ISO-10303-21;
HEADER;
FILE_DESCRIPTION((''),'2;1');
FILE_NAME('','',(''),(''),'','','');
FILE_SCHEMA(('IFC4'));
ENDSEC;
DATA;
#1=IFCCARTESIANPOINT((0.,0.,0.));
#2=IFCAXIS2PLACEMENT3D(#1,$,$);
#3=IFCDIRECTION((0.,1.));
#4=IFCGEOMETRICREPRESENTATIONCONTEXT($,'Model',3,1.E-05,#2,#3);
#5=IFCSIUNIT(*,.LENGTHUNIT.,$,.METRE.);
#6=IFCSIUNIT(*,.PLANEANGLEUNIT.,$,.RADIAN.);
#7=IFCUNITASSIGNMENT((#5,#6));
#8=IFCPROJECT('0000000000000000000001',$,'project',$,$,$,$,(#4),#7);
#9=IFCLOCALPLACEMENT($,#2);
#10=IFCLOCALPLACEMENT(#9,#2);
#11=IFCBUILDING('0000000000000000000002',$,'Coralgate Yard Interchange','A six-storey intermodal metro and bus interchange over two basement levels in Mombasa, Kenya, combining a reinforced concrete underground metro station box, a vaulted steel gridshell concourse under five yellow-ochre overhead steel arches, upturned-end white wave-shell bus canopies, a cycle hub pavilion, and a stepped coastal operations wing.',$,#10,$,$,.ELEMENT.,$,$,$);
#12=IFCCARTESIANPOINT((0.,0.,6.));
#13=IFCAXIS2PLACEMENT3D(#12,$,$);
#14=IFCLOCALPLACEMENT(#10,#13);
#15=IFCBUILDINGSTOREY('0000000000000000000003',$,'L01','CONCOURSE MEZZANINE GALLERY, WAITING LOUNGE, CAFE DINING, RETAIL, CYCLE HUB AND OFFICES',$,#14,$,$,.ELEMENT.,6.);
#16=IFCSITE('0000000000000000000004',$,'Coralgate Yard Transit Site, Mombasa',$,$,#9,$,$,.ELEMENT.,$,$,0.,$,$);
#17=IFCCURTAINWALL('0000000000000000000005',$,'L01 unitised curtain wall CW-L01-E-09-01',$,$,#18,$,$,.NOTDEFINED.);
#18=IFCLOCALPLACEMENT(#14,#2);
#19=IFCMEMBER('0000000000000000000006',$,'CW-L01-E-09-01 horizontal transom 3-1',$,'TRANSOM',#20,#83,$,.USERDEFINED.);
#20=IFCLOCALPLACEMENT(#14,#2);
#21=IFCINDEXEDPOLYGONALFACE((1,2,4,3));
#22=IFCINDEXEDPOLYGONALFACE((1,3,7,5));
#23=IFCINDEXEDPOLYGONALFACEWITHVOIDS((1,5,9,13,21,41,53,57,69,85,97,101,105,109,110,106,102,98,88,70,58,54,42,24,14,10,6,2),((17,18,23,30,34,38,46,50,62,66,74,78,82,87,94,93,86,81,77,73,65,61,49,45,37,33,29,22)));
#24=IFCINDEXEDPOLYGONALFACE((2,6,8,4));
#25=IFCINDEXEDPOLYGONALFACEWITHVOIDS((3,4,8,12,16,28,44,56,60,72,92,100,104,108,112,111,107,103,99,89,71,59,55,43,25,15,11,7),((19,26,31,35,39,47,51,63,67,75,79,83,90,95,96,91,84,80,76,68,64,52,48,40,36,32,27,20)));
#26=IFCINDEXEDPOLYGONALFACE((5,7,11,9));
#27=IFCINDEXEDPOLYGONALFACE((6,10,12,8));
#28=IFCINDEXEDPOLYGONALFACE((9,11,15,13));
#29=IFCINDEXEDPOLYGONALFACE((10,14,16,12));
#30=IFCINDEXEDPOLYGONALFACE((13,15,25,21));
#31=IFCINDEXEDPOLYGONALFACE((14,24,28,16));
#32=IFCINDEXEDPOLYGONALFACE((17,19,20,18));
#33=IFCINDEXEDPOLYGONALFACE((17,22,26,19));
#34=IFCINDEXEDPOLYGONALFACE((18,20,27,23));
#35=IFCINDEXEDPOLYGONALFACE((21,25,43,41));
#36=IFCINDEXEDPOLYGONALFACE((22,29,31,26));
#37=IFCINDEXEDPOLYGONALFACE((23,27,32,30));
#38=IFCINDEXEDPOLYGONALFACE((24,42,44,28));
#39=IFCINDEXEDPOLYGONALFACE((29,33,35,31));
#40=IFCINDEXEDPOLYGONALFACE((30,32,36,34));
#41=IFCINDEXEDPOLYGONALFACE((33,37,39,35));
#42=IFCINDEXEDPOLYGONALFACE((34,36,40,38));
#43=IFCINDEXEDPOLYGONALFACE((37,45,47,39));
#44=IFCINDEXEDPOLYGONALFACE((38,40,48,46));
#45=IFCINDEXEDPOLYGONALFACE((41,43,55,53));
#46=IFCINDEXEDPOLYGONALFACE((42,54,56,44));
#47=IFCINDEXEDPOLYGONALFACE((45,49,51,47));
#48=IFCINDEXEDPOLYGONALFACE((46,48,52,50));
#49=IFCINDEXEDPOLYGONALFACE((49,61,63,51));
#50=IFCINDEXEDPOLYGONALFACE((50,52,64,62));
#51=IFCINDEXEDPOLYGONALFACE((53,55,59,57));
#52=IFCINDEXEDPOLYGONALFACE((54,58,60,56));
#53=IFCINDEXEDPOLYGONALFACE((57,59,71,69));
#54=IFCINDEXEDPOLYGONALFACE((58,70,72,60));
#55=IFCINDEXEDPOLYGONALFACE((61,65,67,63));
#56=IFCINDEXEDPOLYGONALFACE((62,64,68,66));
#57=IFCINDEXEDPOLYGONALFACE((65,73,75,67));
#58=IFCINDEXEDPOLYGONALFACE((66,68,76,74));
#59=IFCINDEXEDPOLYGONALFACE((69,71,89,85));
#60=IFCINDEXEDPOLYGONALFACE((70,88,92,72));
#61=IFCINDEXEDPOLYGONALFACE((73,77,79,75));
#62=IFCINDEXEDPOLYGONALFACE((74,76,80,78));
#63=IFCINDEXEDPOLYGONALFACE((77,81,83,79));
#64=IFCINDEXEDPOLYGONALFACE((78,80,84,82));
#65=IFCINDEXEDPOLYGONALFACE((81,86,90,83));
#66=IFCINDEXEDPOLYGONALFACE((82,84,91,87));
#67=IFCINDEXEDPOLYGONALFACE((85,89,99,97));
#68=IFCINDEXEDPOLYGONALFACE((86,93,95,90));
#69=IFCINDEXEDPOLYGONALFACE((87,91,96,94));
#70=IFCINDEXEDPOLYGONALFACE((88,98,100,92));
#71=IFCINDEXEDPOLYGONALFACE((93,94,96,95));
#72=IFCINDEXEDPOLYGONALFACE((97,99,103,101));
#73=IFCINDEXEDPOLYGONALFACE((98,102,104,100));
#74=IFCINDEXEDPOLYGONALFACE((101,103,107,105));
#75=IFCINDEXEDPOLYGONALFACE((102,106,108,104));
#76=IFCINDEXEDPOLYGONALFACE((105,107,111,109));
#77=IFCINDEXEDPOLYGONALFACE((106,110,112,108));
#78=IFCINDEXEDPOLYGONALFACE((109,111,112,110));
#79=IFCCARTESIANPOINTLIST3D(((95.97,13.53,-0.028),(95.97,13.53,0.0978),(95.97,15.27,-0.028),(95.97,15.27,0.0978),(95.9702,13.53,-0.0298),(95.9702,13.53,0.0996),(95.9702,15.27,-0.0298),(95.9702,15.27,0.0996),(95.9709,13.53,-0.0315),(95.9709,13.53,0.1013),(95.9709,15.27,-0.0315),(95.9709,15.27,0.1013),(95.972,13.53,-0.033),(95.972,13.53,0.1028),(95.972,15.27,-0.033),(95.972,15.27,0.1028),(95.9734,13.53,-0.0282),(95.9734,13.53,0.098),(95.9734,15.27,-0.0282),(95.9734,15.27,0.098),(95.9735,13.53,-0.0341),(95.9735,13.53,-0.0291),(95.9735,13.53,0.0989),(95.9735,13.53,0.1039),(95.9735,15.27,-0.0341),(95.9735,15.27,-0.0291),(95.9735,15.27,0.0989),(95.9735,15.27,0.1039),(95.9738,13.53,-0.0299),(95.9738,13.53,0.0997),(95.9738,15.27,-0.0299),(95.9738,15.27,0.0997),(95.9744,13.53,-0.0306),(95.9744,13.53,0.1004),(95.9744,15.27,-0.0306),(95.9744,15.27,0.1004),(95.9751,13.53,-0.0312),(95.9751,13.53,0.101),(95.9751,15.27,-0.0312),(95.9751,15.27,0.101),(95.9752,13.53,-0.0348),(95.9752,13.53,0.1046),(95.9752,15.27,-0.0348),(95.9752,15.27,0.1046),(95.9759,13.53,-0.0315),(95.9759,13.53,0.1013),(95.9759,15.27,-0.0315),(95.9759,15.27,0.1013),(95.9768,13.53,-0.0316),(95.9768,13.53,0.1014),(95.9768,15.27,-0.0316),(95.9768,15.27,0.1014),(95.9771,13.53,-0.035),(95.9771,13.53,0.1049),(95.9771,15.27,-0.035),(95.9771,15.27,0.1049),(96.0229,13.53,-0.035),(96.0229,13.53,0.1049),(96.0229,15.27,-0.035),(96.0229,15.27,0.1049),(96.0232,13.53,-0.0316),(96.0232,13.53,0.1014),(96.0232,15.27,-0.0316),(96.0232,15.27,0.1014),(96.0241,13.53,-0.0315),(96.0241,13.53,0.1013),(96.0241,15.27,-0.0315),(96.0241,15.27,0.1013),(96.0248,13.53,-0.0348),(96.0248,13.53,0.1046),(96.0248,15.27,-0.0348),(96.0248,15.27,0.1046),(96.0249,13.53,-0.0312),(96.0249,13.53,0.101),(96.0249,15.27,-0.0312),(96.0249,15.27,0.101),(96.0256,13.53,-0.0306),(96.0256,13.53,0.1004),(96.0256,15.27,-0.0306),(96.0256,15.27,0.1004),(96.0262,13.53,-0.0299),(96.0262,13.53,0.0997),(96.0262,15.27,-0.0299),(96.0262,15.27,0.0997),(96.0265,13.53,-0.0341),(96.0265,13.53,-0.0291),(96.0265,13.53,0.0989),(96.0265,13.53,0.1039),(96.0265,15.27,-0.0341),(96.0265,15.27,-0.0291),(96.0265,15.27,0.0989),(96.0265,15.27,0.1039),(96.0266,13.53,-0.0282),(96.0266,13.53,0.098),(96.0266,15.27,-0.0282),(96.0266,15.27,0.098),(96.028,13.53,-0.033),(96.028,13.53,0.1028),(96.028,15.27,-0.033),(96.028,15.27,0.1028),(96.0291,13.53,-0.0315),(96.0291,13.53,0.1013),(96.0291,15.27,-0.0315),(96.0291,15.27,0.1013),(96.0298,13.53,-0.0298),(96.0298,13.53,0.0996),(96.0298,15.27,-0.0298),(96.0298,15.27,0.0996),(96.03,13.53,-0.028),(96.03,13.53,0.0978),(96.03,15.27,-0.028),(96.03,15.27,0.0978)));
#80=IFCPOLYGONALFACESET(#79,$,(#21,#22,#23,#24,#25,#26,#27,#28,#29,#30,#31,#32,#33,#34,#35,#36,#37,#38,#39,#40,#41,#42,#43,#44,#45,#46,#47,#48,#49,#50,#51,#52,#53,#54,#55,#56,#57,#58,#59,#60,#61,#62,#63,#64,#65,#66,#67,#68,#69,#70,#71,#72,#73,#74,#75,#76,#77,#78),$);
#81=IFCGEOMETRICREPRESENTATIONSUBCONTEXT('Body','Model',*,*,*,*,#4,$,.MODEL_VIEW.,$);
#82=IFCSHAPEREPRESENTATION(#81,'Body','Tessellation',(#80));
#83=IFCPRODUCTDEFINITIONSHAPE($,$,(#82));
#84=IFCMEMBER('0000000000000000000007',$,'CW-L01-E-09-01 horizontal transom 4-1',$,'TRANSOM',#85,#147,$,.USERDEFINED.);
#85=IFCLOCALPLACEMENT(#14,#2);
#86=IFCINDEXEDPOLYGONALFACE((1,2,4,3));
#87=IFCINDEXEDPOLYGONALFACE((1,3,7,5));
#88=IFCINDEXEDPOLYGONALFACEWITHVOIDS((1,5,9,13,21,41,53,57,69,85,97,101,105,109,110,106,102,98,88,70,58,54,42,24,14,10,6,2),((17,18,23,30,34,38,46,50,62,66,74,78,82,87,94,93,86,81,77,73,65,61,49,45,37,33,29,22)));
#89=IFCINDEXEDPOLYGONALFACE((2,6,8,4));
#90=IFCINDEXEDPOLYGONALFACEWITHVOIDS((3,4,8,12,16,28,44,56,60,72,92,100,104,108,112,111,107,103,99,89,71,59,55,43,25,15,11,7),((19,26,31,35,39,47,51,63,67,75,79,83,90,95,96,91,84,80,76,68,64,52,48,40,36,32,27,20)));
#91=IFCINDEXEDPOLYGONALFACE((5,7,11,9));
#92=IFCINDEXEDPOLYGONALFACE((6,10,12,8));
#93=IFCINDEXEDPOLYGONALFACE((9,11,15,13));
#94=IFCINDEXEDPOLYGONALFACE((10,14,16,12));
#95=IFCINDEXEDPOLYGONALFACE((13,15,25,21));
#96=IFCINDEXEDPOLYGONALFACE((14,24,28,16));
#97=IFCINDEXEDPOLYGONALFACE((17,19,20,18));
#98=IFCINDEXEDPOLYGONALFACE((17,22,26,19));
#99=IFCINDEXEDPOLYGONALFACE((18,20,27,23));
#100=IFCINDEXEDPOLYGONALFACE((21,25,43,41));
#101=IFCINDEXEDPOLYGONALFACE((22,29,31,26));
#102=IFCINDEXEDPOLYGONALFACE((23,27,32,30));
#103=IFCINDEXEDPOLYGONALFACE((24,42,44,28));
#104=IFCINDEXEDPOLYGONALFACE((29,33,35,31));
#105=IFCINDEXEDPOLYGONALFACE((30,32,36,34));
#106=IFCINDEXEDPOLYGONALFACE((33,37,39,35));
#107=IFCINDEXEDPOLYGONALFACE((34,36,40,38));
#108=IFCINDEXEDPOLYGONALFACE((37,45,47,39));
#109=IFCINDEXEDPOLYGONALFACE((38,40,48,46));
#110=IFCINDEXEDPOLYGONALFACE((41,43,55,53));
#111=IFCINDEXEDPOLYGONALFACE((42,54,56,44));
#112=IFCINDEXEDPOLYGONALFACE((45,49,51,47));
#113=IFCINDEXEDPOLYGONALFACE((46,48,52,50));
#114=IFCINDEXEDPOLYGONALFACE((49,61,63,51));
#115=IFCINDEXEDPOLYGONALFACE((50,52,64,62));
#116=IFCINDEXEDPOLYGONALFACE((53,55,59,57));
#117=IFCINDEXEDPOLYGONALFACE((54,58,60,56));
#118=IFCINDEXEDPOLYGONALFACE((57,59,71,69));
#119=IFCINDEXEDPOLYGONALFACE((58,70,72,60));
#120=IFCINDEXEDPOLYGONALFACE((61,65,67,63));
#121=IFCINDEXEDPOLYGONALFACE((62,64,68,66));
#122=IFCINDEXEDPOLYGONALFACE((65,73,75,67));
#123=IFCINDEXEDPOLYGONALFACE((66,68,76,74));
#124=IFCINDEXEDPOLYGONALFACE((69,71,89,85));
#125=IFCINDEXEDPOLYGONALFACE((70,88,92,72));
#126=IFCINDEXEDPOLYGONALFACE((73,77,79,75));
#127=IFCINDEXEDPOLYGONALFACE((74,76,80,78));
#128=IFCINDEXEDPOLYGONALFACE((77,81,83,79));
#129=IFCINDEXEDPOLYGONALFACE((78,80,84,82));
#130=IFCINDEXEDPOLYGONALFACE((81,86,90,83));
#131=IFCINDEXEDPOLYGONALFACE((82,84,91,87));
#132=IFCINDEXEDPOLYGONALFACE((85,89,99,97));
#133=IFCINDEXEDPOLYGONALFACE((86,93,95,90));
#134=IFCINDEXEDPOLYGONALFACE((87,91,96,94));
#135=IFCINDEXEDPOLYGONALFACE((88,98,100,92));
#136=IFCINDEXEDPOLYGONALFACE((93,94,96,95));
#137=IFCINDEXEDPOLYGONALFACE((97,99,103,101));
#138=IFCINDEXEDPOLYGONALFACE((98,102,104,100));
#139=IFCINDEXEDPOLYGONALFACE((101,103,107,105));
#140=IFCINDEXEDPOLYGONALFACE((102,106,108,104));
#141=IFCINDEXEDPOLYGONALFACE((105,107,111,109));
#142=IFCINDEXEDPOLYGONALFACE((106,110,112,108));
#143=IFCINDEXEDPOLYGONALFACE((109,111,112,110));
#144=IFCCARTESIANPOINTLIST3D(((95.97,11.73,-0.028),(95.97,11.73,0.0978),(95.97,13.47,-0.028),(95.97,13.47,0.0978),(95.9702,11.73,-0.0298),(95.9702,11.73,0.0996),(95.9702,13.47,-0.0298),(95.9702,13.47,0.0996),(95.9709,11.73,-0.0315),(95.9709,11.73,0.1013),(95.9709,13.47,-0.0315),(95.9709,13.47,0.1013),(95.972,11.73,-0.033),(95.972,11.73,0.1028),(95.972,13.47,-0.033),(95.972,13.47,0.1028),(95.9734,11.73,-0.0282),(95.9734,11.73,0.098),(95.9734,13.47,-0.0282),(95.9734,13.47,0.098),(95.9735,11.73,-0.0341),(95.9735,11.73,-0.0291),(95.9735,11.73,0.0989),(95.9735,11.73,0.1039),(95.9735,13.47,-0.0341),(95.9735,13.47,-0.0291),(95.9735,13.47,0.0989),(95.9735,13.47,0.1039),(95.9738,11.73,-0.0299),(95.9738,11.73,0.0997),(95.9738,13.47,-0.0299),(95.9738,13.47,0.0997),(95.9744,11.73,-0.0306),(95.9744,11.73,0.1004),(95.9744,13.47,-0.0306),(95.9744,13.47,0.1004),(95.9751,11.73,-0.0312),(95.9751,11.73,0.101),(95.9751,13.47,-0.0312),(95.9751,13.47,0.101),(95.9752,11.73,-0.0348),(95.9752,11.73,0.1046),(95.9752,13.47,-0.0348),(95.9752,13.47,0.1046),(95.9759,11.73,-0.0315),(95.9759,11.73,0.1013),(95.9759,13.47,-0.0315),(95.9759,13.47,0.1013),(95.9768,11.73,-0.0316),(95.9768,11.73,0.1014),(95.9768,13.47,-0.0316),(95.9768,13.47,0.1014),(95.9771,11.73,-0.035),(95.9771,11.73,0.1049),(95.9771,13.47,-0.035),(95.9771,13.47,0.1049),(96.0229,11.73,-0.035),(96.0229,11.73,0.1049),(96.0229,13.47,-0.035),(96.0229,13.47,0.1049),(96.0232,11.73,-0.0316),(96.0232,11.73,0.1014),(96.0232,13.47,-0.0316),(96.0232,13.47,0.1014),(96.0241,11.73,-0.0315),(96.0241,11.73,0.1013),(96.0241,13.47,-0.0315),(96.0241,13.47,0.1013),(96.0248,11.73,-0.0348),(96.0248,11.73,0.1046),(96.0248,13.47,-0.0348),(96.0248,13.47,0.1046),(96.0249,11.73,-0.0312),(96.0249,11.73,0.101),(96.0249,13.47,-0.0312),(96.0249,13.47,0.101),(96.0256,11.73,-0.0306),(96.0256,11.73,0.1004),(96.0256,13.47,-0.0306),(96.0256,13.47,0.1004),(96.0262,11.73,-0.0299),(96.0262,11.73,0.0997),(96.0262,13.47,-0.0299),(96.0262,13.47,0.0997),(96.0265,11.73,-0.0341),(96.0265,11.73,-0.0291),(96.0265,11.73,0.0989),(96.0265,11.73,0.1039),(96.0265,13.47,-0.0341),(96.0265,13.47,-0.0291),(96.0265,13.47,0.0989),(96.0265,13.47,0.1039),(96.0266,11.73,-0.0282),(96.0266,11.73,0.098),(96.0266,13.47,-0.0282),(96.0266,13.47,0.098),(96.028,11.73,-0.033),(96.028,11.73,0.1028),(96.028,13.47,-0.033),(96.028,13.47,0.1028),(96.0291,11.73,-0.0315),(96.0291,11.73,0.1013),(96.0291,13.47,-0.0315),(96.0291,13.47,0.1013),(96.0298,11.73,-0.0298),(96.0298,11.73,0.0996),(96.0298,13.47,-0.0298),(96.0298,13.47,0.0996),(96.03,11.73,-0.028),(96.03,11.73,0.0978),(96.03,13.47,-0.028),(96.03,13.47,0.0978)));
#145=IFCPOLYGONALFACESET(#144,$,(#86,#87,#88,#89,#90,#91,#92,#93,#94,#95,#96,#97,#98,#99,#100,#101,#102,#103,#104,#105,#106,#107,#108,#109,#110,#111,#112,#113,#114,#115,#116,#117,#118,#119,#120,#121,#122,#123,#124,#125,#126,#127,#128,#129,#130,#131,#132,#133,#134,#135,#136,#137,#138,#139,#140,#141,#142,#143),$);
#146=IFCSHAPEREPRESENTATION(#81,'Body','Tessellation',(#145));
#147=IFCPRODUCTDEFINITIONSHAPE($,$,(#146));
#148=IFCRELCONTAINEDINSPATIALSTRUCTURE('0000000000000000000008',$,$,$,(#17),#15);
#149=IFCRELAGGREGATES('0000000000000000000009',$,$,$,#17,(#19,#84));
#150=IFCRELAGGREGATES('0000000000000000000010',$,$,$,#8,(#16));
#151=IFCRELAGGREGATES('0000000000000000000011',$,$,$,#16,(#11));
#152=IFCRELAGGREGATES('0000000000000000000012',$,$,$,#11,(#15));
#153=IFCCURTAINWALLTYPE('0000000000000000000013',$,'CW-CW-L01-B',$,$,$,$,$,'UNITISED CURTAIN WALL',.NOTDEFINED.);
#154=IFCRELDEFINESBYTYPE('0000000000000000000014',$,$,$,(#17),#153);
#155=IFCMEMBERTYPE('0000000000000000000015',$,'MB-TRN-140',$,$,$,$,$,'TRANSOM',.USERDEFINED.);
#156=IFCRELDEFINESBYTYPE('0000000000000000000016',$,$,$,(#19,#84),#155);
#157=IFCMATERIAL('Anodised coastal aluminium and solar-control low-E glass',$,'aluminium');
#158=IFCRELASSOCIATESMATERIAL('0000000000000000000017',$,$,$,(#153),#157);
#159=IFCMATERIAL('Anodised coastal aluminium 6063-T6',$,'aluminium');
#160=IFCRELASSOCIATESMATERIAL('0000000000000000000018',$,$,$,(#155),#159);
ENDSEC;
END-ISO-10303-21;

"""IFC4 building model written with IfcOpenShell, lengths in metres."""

from ifc_helpers import new_model, si_unit, direction, frame, origin, origin_2d, place, context, subcontext, project, spatial, hollow_rectangle, extrude, material, material_profile, profile_set, type_object, element, aggregate, save


model = new_model("IFC4")

# Units and contexts
model_context = context("Model", 3, precision=1e-05, world=origin(), true_north=direction((0.0, 1.0)))
body_context = subcontext(model_context, "Body", "Model", "MODEL_VIEW")
ifc_project = project(units=[si_unit("LENGTHUNIT", "METRE"), si_unit("PLANEANGLEUNIT", "RADIAN")], contexts=[model_context])

# Site, building, storey
site_placement = place(None, origin())
site = spatial("IfcSite", under=ifc_project, at=site_placement, Name="Coralgate Yard Transit Site, Mombasa", CompositionType="ELEMENT", RefElevation=0.0)
building_placement = place(site_placement, origin())
building = spatial("IfcBuilding", under=site, at=building_placement, Name="Coralgate Yard Interchange", Description="A six-storey intermodal metro and bus interchange over two basement levels in Mombasa, Kenya, combining a reinforced concrete underground metro station box, a vaulted steel gridshell concourse under five yellow-ochre overhead steel arches, upturned-end white wave-shell bus canopies, a cycle hub pavilion, and a stepped coastal operations wing.", CompositionType="ELEMENT")
storey_placement = place(building_placement, frame((0.0, 0.0, 6.0)))
storey = spatial("IfcBuildingStorey", under=building, at=storey_placement, Name="L01", Description="CONCOURSE MEZZANINE GALLERY, WAITING LOUNGE, CAFE DINING, RETAIL, CYCLE HUB AND OFFICES", CompositionType="ELEMENT", Elevation=6.0)

# Curtain wall
ifc_material_1 = material(Name="Anodised coastal aluminium and solar-control low-E glass", Category="aluminium")
curtain_wall_type = type_object("IfcCurtainWallType", Name="CW-CW-L01-B", ElementType="UNITISED CURTAIN WALL", PredefinedType="NOTDEFINED", material=ifc_material_1)
ifc_material_2 = material(Name="Anodised coastal aluminium 6063-T6", Category="aluminium")
curtain_wall_1_placement = place(storey_placement, origin())
curtain_wall_1 = element("IfcCurtainWall", 1, at=curtain_wall_1_placement, inside=storey, type_object=curtain_wall_type, Name="L01 unitised curtain wall CW-L01-E-09-01", PredefinedType="NOTDEFINED")

# Members
ifc_material_profile_1 = material_profile(ifc_material_2, hollow_rectangle(XDim=0.0601, YDim=0.1399, WallThickness=0.0034, InnerFilletRadius=0.0034, OuterFilletRadius=0.0071, at=origin_2d()), Name="ALU 60x140x3.5")
ifc_profile_set_1 = profile_set([ifc_material_profile_1], Name="Anodised coastal aluminium 6063-T6")
member_type_1 = type_object("IfcMemberType", Name="MB-TRN-140", ElementType="TRANSOM", PredefinedType="USERDEFINED", material=ifc_profile_set_1)
member_1_placement = place(storey_placement, frame((96.0, 15.27, 0.0349), z_axis=(0.0, -1.0, 0.0), x_axis=(1.0, 0.0, 0.0)))
member_1 = element("IfcMember", 2, at=member_1_placement, type_object=member_type_1, Name="CW-L01-E-09-01 horizontal transom 3-1", ObjectType="TRANSOM", PredefinedType="USERDEFINED", context=body_context, shape_type="SweptSolid", body=[
    extrude(hollow_rectangle(XDim=0.0601, YDim=0.1399, WallThickness=0.0034, InnerFilletRadius=0.0034, OuterFilletRadius=0.0071, at=origin_2d()), origin(), (0.0, 0.0, 1.0), 1.74),
])
member_2_placement = place(storey_placement, frame((96.0, 13.47, 0.0349), z_axis=(0.0, -1.0, 0.0), x_axis=(1.0, 0.0, 0.0)))
member_2 = element("IfcMember", 3, at=member_2_placement, type_object=member_type_1, Name="CW-L01-E-09-01 horizontal transom 4-1", ObjectType="TRANSOM", PredefinedType="USERDEFINED", context=body_context, shape_type="SweptSolid", body=[
    extrude(hollow_rectangle(XDim=0.0601, YDim=0.1399, WallThickness=0.0034, InnerFilletRadius=0.0034, OuterFilletRadius=0.0071, at=origin_2d()), origin(), (0.0, 0.0, 1.0), 1.74),
])

aggregate(curtain_wall_1, [member_1, member_2])

save(model, "model.ifc")
